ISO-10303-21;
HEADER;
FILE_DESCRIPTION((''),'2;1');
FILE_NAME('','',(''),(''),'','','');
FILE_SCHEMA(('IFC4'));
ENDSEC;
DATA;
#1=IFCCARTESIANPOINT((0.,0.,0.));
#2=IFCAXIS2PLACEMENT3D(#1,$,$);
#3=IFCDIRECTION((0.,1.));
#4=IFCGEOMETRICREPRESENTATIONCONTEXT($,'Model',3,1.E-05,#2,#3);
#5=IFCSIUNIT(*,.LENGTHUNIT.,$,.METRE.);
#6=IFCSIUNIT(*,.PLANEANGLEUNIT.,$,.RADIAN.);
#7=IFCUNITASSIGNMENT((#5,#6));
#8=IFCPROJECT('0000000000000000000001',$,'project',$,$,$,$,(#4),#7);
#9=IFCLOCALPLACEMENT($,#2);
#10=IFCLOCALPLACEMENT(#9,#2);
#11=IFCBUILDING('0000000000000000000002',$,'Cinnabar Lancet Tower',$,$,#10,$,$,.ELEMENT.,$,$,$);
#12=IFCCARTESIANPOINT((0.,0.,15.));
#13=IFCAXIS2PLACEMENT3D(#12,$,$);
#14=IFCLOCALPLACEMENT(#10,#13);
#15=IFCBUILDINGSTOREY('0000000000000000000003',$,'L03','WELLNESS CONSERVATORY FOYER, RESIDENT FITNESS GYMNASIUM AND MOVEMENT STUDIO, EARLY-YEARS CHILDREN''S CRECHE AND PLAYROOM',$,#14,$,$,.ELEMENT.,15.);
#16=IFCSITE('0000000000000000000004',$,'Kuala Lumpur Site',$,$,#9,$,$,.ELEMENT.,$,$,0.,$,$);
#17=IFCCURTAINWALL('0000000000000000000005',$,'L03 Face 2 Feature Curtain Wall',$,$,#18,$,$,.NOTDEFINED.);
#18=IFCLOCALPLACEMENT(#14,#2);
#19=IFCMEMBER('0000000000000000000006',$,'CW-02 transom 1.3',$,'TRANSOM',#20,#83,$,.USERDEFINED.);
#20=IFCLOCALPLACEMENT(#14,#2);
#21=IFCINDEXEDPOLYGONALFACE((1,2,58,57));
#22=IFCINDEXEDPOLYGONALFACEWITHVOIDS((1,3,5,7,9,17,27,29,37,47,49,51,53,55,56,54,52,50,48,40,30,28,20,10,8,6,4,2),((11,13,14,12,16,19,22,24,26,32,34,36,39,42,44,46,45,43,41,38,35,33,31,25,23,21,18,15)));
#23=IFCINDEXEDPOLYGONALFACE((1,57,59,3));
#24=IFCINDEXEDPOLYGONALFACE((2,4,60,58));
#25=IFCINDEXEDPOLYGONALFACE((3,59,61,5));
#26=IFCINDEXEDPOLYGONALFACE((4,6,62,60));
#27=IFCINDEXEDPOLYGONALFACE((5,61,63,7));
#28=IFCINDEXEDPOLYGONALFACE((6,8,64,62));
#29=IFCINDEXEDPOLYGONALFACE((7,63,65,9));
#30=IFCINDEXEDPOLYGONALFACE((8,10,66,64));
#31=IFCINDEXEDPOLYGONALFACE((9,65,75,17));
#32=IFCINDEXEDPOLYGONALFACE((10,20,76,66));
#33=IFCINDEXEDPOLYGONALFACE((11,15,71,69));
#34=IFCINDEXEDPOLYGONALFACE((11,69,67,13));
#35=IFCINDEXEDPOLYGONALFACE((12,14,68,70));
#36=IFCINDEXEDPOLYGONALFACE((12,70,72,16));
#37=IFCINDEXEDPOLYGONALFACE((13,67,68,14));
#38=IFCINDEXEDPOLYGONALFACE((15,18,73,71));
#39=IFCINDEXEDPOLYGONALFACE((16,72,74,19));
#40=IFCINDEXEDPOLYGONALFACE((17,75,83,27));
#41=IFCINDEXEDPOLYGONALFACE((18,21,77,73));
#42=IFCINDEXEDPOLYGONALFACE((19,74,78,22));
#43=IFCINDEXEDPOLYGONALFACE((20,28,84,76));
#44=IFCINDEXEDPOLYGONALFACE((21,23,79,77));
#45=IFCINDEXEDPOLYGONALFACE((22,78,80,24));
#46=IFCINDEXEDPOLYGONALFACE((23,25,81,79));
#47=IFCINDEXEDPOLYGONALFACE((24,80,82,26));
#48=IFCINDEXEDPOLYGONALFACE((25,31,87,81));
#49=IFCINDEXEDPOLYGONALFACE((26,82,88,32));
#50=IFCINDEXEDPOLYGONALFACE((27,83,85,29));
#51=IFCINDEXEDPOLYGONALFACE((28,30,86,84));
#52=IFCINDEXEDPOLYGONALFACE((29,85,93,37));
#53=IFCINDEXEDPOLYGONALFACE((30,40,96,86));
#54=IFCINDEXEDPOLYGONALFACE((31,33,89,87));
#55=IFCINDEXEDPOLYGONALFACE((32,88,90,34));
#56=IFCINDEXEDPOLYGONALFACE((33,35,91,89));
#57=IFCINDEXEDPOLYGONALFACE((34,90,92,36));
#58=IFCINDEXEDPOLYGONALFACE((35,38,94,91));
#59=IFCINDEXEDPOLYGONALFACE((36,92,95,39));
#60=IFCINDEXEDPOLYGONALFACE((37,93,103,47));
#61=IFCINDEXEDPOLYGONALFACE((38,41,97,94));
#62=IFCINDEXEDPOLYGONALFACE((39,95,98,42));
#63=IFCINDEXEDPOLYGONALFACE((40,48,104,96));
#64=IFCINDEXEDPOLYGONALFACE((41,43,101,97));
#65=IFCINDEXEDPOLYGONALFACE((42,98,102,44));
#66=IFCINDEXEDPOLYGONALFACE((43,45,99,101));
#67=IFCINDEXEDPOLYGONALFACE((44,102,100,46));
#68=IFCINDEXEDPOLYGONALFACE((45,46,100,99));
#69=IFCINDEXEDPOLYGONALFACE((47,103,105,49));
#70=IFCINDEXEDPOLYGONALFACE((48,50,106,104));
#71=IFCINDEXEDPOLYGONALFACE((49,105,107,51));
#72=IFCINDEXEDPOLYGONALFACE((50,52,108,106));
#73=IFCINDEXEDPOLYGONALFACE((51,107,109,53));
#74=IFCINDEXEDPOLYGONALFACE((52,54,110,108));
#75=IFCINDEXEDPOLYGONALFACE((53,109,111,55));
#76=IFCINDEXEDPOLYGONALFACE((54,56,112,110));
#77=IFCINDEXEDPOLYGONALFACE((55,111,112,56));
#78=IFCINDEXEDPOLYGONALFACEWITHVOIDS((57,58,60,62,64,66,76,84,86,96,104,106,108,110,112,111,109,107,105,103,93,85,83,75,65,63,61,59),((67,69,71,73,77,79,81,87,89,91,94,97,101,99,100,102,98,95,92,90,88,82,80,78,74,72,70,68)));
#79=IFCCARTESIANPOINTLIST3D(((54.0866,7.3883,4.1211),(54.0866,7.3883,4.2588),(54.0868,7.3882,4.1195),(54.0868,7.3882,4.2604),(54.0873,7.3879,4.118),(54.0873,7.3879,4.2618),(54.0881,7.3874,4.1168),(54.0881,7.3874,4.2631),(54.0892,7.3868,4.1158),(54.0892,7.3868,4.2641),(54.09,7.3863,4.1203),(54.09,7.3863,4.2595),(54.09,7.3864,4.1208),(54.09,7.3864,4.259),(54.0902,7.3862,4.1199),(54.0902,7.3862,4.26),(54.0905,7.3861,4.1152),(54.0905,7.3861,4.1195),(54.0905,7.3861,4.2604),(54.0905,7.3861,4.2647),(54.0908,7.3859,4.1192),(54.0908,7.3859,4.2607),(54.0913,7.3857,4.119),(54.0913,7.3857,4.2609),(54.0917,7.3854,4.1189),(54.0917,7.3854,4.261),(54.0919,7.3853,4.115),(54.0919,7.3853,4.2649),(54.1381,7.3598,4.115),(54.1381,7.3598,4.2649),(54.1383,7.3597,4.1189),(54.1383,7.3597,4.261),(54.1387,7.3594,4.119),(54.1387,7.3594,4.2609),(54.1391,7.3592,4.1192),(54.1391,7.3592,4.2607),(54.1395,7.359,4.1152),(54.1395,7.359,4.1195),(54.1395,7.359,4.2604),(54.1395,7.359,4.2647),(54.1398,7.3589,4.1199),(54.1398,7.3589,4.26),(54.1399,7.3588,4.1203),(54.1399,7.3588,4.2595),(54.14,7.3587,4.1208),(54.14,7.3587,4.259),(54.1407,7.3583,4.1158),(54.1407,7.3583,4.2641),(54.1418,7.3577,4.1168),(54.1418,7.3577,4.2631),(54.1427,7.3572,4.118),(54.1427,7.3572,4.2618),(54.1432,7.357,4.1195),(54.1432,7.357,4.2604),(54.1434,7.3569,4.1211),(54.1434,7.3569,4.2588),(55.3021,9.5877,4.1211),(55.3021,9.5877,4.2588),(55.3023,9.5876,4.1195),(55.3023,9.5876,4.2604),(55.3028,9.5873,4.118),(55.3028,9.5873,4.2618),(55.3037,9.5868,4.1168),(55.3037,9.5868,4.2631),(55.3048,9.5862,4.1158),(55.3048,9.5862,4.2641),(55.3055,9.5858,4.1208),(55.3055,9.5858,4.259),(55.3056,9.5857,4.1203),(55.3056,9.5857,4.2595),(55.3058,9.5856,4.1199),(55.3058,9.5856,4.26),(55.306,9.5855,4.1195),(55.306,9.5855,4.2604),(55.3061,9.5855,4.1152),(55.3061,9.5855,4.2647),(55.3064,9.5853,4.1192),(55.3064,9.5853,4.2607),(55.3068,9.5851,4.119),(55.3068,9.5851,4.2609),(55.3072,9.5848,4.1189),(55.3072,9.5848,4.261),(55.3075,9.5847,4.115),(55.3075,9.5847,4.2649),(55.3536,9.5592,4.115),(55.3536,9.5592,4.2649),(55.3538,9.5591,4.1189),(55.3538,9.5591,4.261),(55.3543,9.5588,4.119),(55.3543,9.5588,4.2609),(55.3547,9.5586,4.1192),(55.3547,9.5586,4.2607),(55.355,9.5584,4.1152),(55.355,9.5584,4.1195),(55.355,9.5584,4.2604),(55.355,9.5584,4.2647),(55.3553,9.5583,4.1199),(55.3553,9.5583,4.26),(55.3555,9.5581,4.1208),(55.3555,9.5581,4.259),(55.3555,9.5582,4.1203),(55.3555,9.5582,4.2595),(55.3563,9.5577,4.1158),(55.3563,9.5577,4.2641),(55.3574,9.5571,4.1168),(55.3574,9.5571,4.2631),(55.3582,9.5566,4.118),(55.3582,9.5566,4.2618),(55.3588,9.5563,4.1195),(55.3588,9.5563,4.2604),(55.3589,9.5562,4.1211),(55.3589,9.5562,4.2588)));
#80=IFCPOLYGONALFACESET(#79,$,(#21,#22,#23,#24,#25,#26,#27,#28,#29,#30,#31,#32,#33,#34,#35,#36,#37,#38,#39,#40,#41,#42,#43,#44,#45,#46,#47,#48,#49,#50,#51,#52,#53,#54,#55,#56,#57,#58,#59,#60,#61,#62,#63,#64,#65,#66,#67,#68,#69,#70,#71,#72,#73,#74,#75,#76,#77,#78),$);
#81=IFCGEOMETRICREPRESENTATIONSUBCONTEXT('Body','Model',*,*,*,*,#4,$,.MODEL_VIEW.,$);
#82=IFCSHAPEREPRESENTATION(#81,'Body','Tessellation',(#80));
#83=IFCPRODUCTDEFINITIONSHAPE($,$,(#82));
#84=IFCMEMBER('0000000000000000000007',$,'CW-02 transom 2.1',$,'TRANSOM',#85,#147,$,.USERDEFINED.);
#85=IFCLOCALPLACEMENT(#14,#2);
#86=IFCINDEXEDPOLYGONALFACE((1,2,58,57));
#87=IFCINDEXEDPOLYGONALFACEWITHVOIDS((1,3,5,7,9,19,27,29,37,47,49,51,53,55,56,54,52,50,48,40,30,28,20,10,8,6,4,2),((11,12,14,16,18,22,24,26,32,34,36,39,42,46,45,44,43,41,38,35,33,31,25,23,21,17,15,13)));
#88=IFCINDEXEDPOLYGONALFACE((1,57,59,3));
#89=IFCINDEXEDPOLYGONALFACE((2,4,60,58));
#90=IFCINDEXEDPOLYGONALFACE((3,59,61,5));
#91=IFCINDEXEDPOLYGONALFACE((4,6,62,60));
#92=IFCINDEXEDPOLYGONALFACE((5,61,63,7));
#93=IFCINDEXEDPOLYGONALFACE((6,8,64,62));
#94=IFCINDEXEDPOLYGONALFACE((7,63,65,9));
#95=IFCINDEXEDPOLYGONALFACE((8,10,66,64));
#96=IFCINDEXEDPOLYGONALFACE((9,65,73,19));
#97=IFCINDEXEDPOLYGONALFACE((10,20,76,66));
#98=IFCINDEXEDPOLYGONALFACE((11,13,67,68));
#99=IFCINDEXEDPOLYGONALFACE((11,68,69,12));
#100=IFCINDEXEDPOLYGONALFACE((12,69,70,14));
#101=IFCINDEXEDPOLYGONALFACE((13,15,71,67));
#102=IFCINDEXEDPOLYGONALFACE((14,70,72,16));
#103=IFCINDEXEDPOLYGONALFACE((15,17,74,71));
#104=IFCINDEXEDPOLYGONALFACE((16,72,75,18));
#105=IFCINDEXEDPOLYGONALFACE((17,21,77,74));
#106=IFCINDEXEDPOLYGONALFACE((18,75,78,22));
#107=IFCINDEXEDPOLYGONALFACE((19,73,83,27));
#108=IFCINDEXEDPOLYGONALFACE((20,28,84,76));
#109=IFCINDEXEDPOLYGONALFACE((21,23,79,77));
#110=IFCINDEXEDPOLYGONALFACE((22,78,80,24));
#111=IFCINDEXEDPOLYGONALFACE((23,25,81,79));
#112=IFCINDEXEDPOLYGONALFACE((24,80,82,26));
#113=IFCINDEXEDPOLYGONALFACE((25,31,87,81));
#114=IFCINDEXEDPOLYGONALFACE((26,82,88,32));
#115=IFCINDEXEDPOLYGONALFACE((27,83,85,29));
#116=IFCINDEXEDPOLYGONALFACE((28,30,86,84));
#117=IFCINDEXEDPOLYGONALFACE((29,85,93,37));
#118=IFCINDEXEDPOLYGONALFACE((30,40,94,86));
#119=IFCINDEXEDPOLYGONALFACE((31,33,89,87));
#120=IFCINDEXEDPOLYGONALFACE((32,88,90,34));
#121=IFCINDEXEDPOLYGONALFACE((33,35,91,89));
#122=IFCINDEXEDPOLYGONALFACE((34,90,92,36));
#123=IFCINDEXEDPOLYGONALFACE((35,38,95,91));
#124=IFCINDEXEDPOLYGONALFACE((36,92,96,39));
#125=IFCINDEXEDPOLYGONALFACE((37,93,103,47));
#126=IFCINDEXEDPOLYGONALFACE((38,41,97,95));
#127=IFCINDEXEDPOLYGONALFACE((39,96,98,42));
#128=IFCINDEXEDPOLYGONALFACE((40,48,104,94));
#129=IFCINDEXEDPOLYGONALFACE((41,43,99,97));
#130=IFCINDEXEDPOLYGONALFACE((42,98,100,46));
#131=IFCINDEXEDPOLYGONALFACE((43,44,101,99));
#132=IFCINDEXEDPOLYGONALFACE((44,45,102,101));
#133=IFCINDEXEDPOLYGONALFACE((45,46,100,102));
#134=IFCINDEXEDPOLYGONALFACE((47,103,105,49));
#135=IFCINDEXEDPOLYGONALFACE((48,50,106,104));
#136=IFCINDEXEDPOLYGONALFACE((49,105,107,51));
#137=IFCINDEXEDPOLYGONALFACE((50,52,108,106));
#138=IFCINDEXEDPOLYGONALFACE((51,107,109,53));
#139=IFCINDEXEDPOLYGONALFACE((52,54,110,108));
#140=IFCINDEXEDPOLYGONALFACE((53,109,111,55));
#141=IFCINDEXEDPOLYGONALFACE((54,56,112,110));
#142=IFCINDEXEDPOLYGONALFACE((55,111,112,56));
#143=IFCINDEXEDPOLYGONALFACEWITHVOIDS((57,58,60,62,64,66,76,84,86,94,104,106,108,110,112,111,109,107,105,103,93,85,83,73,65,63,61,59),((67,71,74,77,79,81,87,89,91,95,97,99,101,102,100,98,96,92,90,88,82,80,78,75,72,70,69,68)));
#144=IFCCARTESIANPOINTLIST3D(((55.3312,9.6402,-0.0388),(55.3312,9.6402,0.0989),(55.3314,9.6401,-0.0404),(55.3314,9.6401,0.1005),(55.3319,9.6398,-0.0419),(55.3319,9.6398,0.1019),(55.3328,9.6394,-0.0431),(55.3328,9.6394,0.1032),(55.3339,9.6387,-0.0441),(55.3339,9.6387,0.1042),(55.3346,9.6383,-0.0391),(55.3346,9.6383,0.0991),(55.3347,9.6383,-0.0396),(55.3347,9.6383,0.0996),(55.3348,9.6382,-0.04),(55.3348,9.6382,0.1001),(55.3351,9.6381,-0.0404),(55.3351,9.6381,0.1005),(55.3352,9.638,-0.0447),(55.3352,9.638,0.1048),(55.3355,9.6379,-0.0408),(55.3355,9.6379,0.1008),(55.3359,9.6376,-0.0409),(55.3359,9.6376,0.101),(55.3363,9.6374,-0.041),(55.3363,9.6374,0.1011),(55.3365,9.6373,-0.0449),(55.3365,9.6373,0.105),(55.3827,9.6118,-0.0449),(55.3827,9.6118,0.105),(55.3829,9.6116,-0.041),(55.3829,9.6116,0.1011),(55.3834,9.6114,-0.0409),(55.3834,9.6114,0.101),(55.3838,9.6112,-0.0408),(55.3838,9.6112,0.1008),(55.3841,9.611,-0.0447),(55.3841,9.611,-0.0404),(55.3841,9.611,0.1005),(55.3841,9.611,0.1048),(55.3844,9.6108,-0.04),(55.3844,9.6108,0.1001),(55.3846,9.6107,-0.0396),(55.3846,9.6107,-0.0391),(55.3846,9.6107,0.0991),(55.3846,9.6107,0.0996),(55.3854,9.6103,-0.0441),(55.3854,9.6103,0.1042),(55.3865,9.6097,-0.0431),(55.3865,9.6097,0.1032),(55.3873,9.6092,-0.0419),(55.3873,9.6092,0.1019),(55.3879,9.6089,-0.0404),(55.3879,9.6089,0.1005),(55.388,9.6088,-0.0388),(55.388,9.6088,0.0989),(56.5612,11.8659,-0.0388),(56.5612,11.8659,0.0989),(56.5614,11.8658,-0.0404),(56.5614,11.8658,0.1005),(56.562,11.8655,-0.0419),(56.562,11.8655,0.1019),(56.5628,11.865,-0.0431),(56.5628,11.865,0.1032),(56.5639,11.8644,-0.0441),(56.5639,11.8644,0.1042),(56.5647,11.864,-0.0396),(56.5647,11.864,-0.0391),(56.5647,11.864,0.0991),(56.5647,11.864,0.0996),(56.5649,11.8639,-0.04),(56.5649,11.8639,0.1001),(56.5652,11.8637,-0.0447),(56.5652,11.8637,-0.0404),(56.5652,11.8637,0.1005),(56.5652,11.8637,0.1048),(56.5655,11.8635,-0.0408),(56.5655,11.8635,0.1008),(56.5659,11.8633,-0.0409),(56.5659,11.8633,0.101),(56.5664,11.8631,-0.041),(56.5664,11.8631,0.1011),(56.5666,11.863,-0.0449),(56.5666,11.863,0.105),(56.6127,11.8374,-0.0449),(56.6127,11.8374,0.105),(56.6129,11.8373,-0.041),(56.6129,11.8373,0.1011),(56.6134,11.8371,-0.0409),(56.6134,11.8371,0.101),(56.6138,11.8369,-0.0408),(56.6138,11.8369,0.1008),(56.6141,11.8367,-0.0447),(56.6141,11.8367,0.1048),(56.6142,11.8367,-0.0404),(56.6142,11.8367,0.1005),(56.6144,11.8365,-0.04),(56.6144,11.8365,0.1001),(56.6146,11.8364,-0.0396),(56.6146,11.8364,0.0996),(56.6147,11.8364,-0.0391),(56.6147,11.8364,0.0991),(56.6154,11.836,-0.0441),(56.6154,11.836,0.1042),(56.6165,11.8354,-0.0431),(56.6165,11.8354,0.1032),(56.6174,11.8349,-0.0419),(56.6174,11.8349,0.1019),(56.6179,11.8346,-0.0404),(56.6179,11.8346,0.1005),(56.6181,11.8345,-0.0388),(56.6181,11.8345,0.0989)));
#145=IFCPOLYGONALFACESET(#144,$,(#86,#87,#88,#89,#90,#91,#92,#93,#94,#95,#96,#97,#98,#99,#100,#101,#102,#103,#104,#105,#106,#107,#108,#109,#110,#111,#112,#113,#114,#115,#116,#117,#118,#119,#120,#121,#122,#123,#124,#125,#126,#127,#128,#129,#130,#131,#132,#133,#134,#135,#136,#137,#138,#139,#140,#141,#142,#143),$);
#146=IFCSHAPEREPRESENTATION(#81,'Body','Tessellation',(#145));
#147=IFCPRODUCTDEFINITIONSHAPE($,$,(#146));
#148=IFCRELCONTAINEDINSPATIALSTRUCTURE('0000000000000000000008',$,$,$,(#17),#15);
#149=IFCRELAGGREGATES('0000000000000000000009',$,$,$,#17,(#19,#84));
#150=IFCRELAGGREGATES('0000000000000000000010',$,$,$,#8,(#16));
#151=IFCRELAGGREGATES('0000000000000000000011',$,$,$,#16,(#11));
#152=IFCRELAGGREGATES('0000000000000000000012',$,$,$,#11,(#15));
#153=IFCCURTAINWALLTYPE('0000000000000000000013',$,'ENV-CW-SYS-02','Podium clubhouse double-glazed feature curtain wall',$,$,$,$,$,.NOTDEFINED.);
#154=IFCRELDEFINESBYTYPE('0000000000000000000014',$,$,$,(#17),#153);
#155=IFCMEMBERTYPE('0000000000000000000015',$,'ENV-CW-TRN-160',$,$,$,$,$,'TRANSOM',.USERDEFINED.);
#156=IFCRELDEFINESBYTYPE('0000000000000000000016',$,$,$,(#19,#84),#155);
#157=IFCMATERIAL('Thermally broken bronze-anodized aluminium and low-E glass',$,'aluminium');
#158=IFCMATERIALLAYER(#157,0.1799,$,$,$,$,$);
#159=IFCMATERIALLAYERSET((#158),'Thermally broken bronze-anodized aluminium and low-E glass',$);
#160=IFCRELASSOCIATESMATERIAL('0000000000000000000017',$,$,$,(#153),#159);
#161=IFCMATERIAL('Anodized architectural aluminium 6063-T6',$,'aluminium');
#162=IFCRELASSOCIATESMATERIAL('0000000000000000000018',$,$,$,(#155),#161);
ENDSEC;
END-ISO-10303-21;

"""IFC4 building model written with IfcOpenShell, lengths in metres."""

from ifc_helpers import new_model, si_unit, direction, frame, origin, origin_2d, place, context, subcontext, project, spatial, hollow_rectangle, extrude, material, layer, layer_set, material_profile, profile_set, type_object, element, aggregate, save


model = new_model("IFC4")

# Units and contexts
model_context = context("Model", 3, precision=1e-05, world=origin(), true_north=direction((0.0, 1.0)))
body_context = subcontext(model_context, "Body", "Model", "MODEL_VIEW")
ifc_project = project(units=[si_unit("LENGTHUNIT", "METRE"), si_unit("PLANEANGLEUNIT", "RADIAN")], contexts=[model_context])

# Site, building, storey
site_placement = place(None, origin())
site = spatial("IfcSite", under=ifc_project, at=site_placement, Name="Kuala Lumpur Site", CompositionType="ELEMENT", RefElevation=0.0)
building_placement = place(site_placement, origin())
building = spatial("IfcBuilding", under=site, at=building_placement, Name="Cinnabar Lancet Tower", CompositionType="ELEMENT")
storey_placement = place(building_placement, frame((0.0, 0.0, 15.0)))
storey = spatial("IfcBuildingStorey", under=building, at=storey_placement, Name="L03", Description="WELLNESS CONSERVATORY FOYER, RESIDENT FITNESS GYMNASIUM AND MOVEMENT STUDIO, EARLY-YEARS CHILDREN'S CRECHE AND PLAYROOM", CompositionType="ELEMENT", Elevation=15.0)

# Curtain wall, members
ifc_material_1 = material(Name="Thermally broken bronze-anodized aluminium and low-E glass", Category="aluminium")
ifc_layer_1 = layer(ifc_material_1, 0.1799)
ifc_layer_set_1 = layer_set([ifc_layer_1], Name="Thermally broken bronze-anodized aluminium and low-E glass")
curtain_wall_type = type_object("IfcCurtainWallType", Name="ENV-CW-SYS-02", Description="Podium clubhouse double-glazed feature curtain wall", PredefinedType="NOTDEFINED", material=ifc_layer_set_1)
curtain_wall_placement = place(storey_placement, origin())
curtain_wall = element("IfcCurtainWall", 1, at=curtain_wall_placement, inside=storey, type_object=curtain_wall_type, Name="L03 Face 2 Feature Curtain Wall", PredefinedType="NOTDEFINED")
ifc_material_2 = material(Name="Anodized architectural aluminium 6063-T6", Category="aluminium")
ifc_material_profile_1 = material_profile(ifc_material_2, hollow_rectangle(XDim=0.0649, YDim=0.1499, WallThickness=0.0039, InnerFilletRadius=0.002, OuterFilletRadius=0.0061, at=origin_2d()), Name="CW-TRN 150x65x4")
ifc_profile_set_1 = profile_set([ifc_material_profile_1], Name="Anodized architectural aluminium 6063-T6")
member_type_1 = type_object("IfcMemberType", Name="ENV-CW-TRN-160", ElementType="TRANSOM", PredefinedType="USERDEFINED", material=ifc_profile_set_1)
member_1_placement = place(storey_placement, frame((54.115, 7.3726, 4.1899), z_axis=(0.483712, 0.875227, 0.0), x_axis=(-0.875227, 0.483712, 0.0)))
member_1 = element("IfcMember", 2, at=member_1_placement, type_object=member_type_1, Name="CW-02 transom 1.3", ObjectType="TRANSOM", PredefinedType="USERDEFINED", context=body_context, shape_type="SweptSolid", body=[
    extrude(hollow_rectangle(XDim=0.0649, YDim=0.1499, WallThickness=0.0039, InnerFilletRadius=0.002, OuterFilletRadius=0.0061, at=origin_2d()), origin(), (0.0, 0.0, 1.0), 2.5129),
])
member_2_placement = place(storey_placement, frame((55.3596, 9.6245, 0.03), z_axis=(0.483702, 0.875233, 0.0), x_axis=(-0.875233, 0.483702, 0.0)))
member_2 = element("IfcMember", 3, at=member_2_placement, type_object=member_type_1, Name="CW-02 transom 2.1", ObjectType="TRANSOM", PredefinedType="USERDEFINED", context=body_context, shape_type="SweptSolid", body=[
    extrude(hollow_rectangle(XDim=0.0649, YDim=0.1499, WallThickness=0.0039, InnerFilletRadius=0.002, OuterFilletRadius=0.0061, at=origin_2d()), origin(), (0.0, 0.0, 1.0), 2.543),
])
aggregate(curtain_wall, [member_1, member_2])

save(model, "model.ifc")
